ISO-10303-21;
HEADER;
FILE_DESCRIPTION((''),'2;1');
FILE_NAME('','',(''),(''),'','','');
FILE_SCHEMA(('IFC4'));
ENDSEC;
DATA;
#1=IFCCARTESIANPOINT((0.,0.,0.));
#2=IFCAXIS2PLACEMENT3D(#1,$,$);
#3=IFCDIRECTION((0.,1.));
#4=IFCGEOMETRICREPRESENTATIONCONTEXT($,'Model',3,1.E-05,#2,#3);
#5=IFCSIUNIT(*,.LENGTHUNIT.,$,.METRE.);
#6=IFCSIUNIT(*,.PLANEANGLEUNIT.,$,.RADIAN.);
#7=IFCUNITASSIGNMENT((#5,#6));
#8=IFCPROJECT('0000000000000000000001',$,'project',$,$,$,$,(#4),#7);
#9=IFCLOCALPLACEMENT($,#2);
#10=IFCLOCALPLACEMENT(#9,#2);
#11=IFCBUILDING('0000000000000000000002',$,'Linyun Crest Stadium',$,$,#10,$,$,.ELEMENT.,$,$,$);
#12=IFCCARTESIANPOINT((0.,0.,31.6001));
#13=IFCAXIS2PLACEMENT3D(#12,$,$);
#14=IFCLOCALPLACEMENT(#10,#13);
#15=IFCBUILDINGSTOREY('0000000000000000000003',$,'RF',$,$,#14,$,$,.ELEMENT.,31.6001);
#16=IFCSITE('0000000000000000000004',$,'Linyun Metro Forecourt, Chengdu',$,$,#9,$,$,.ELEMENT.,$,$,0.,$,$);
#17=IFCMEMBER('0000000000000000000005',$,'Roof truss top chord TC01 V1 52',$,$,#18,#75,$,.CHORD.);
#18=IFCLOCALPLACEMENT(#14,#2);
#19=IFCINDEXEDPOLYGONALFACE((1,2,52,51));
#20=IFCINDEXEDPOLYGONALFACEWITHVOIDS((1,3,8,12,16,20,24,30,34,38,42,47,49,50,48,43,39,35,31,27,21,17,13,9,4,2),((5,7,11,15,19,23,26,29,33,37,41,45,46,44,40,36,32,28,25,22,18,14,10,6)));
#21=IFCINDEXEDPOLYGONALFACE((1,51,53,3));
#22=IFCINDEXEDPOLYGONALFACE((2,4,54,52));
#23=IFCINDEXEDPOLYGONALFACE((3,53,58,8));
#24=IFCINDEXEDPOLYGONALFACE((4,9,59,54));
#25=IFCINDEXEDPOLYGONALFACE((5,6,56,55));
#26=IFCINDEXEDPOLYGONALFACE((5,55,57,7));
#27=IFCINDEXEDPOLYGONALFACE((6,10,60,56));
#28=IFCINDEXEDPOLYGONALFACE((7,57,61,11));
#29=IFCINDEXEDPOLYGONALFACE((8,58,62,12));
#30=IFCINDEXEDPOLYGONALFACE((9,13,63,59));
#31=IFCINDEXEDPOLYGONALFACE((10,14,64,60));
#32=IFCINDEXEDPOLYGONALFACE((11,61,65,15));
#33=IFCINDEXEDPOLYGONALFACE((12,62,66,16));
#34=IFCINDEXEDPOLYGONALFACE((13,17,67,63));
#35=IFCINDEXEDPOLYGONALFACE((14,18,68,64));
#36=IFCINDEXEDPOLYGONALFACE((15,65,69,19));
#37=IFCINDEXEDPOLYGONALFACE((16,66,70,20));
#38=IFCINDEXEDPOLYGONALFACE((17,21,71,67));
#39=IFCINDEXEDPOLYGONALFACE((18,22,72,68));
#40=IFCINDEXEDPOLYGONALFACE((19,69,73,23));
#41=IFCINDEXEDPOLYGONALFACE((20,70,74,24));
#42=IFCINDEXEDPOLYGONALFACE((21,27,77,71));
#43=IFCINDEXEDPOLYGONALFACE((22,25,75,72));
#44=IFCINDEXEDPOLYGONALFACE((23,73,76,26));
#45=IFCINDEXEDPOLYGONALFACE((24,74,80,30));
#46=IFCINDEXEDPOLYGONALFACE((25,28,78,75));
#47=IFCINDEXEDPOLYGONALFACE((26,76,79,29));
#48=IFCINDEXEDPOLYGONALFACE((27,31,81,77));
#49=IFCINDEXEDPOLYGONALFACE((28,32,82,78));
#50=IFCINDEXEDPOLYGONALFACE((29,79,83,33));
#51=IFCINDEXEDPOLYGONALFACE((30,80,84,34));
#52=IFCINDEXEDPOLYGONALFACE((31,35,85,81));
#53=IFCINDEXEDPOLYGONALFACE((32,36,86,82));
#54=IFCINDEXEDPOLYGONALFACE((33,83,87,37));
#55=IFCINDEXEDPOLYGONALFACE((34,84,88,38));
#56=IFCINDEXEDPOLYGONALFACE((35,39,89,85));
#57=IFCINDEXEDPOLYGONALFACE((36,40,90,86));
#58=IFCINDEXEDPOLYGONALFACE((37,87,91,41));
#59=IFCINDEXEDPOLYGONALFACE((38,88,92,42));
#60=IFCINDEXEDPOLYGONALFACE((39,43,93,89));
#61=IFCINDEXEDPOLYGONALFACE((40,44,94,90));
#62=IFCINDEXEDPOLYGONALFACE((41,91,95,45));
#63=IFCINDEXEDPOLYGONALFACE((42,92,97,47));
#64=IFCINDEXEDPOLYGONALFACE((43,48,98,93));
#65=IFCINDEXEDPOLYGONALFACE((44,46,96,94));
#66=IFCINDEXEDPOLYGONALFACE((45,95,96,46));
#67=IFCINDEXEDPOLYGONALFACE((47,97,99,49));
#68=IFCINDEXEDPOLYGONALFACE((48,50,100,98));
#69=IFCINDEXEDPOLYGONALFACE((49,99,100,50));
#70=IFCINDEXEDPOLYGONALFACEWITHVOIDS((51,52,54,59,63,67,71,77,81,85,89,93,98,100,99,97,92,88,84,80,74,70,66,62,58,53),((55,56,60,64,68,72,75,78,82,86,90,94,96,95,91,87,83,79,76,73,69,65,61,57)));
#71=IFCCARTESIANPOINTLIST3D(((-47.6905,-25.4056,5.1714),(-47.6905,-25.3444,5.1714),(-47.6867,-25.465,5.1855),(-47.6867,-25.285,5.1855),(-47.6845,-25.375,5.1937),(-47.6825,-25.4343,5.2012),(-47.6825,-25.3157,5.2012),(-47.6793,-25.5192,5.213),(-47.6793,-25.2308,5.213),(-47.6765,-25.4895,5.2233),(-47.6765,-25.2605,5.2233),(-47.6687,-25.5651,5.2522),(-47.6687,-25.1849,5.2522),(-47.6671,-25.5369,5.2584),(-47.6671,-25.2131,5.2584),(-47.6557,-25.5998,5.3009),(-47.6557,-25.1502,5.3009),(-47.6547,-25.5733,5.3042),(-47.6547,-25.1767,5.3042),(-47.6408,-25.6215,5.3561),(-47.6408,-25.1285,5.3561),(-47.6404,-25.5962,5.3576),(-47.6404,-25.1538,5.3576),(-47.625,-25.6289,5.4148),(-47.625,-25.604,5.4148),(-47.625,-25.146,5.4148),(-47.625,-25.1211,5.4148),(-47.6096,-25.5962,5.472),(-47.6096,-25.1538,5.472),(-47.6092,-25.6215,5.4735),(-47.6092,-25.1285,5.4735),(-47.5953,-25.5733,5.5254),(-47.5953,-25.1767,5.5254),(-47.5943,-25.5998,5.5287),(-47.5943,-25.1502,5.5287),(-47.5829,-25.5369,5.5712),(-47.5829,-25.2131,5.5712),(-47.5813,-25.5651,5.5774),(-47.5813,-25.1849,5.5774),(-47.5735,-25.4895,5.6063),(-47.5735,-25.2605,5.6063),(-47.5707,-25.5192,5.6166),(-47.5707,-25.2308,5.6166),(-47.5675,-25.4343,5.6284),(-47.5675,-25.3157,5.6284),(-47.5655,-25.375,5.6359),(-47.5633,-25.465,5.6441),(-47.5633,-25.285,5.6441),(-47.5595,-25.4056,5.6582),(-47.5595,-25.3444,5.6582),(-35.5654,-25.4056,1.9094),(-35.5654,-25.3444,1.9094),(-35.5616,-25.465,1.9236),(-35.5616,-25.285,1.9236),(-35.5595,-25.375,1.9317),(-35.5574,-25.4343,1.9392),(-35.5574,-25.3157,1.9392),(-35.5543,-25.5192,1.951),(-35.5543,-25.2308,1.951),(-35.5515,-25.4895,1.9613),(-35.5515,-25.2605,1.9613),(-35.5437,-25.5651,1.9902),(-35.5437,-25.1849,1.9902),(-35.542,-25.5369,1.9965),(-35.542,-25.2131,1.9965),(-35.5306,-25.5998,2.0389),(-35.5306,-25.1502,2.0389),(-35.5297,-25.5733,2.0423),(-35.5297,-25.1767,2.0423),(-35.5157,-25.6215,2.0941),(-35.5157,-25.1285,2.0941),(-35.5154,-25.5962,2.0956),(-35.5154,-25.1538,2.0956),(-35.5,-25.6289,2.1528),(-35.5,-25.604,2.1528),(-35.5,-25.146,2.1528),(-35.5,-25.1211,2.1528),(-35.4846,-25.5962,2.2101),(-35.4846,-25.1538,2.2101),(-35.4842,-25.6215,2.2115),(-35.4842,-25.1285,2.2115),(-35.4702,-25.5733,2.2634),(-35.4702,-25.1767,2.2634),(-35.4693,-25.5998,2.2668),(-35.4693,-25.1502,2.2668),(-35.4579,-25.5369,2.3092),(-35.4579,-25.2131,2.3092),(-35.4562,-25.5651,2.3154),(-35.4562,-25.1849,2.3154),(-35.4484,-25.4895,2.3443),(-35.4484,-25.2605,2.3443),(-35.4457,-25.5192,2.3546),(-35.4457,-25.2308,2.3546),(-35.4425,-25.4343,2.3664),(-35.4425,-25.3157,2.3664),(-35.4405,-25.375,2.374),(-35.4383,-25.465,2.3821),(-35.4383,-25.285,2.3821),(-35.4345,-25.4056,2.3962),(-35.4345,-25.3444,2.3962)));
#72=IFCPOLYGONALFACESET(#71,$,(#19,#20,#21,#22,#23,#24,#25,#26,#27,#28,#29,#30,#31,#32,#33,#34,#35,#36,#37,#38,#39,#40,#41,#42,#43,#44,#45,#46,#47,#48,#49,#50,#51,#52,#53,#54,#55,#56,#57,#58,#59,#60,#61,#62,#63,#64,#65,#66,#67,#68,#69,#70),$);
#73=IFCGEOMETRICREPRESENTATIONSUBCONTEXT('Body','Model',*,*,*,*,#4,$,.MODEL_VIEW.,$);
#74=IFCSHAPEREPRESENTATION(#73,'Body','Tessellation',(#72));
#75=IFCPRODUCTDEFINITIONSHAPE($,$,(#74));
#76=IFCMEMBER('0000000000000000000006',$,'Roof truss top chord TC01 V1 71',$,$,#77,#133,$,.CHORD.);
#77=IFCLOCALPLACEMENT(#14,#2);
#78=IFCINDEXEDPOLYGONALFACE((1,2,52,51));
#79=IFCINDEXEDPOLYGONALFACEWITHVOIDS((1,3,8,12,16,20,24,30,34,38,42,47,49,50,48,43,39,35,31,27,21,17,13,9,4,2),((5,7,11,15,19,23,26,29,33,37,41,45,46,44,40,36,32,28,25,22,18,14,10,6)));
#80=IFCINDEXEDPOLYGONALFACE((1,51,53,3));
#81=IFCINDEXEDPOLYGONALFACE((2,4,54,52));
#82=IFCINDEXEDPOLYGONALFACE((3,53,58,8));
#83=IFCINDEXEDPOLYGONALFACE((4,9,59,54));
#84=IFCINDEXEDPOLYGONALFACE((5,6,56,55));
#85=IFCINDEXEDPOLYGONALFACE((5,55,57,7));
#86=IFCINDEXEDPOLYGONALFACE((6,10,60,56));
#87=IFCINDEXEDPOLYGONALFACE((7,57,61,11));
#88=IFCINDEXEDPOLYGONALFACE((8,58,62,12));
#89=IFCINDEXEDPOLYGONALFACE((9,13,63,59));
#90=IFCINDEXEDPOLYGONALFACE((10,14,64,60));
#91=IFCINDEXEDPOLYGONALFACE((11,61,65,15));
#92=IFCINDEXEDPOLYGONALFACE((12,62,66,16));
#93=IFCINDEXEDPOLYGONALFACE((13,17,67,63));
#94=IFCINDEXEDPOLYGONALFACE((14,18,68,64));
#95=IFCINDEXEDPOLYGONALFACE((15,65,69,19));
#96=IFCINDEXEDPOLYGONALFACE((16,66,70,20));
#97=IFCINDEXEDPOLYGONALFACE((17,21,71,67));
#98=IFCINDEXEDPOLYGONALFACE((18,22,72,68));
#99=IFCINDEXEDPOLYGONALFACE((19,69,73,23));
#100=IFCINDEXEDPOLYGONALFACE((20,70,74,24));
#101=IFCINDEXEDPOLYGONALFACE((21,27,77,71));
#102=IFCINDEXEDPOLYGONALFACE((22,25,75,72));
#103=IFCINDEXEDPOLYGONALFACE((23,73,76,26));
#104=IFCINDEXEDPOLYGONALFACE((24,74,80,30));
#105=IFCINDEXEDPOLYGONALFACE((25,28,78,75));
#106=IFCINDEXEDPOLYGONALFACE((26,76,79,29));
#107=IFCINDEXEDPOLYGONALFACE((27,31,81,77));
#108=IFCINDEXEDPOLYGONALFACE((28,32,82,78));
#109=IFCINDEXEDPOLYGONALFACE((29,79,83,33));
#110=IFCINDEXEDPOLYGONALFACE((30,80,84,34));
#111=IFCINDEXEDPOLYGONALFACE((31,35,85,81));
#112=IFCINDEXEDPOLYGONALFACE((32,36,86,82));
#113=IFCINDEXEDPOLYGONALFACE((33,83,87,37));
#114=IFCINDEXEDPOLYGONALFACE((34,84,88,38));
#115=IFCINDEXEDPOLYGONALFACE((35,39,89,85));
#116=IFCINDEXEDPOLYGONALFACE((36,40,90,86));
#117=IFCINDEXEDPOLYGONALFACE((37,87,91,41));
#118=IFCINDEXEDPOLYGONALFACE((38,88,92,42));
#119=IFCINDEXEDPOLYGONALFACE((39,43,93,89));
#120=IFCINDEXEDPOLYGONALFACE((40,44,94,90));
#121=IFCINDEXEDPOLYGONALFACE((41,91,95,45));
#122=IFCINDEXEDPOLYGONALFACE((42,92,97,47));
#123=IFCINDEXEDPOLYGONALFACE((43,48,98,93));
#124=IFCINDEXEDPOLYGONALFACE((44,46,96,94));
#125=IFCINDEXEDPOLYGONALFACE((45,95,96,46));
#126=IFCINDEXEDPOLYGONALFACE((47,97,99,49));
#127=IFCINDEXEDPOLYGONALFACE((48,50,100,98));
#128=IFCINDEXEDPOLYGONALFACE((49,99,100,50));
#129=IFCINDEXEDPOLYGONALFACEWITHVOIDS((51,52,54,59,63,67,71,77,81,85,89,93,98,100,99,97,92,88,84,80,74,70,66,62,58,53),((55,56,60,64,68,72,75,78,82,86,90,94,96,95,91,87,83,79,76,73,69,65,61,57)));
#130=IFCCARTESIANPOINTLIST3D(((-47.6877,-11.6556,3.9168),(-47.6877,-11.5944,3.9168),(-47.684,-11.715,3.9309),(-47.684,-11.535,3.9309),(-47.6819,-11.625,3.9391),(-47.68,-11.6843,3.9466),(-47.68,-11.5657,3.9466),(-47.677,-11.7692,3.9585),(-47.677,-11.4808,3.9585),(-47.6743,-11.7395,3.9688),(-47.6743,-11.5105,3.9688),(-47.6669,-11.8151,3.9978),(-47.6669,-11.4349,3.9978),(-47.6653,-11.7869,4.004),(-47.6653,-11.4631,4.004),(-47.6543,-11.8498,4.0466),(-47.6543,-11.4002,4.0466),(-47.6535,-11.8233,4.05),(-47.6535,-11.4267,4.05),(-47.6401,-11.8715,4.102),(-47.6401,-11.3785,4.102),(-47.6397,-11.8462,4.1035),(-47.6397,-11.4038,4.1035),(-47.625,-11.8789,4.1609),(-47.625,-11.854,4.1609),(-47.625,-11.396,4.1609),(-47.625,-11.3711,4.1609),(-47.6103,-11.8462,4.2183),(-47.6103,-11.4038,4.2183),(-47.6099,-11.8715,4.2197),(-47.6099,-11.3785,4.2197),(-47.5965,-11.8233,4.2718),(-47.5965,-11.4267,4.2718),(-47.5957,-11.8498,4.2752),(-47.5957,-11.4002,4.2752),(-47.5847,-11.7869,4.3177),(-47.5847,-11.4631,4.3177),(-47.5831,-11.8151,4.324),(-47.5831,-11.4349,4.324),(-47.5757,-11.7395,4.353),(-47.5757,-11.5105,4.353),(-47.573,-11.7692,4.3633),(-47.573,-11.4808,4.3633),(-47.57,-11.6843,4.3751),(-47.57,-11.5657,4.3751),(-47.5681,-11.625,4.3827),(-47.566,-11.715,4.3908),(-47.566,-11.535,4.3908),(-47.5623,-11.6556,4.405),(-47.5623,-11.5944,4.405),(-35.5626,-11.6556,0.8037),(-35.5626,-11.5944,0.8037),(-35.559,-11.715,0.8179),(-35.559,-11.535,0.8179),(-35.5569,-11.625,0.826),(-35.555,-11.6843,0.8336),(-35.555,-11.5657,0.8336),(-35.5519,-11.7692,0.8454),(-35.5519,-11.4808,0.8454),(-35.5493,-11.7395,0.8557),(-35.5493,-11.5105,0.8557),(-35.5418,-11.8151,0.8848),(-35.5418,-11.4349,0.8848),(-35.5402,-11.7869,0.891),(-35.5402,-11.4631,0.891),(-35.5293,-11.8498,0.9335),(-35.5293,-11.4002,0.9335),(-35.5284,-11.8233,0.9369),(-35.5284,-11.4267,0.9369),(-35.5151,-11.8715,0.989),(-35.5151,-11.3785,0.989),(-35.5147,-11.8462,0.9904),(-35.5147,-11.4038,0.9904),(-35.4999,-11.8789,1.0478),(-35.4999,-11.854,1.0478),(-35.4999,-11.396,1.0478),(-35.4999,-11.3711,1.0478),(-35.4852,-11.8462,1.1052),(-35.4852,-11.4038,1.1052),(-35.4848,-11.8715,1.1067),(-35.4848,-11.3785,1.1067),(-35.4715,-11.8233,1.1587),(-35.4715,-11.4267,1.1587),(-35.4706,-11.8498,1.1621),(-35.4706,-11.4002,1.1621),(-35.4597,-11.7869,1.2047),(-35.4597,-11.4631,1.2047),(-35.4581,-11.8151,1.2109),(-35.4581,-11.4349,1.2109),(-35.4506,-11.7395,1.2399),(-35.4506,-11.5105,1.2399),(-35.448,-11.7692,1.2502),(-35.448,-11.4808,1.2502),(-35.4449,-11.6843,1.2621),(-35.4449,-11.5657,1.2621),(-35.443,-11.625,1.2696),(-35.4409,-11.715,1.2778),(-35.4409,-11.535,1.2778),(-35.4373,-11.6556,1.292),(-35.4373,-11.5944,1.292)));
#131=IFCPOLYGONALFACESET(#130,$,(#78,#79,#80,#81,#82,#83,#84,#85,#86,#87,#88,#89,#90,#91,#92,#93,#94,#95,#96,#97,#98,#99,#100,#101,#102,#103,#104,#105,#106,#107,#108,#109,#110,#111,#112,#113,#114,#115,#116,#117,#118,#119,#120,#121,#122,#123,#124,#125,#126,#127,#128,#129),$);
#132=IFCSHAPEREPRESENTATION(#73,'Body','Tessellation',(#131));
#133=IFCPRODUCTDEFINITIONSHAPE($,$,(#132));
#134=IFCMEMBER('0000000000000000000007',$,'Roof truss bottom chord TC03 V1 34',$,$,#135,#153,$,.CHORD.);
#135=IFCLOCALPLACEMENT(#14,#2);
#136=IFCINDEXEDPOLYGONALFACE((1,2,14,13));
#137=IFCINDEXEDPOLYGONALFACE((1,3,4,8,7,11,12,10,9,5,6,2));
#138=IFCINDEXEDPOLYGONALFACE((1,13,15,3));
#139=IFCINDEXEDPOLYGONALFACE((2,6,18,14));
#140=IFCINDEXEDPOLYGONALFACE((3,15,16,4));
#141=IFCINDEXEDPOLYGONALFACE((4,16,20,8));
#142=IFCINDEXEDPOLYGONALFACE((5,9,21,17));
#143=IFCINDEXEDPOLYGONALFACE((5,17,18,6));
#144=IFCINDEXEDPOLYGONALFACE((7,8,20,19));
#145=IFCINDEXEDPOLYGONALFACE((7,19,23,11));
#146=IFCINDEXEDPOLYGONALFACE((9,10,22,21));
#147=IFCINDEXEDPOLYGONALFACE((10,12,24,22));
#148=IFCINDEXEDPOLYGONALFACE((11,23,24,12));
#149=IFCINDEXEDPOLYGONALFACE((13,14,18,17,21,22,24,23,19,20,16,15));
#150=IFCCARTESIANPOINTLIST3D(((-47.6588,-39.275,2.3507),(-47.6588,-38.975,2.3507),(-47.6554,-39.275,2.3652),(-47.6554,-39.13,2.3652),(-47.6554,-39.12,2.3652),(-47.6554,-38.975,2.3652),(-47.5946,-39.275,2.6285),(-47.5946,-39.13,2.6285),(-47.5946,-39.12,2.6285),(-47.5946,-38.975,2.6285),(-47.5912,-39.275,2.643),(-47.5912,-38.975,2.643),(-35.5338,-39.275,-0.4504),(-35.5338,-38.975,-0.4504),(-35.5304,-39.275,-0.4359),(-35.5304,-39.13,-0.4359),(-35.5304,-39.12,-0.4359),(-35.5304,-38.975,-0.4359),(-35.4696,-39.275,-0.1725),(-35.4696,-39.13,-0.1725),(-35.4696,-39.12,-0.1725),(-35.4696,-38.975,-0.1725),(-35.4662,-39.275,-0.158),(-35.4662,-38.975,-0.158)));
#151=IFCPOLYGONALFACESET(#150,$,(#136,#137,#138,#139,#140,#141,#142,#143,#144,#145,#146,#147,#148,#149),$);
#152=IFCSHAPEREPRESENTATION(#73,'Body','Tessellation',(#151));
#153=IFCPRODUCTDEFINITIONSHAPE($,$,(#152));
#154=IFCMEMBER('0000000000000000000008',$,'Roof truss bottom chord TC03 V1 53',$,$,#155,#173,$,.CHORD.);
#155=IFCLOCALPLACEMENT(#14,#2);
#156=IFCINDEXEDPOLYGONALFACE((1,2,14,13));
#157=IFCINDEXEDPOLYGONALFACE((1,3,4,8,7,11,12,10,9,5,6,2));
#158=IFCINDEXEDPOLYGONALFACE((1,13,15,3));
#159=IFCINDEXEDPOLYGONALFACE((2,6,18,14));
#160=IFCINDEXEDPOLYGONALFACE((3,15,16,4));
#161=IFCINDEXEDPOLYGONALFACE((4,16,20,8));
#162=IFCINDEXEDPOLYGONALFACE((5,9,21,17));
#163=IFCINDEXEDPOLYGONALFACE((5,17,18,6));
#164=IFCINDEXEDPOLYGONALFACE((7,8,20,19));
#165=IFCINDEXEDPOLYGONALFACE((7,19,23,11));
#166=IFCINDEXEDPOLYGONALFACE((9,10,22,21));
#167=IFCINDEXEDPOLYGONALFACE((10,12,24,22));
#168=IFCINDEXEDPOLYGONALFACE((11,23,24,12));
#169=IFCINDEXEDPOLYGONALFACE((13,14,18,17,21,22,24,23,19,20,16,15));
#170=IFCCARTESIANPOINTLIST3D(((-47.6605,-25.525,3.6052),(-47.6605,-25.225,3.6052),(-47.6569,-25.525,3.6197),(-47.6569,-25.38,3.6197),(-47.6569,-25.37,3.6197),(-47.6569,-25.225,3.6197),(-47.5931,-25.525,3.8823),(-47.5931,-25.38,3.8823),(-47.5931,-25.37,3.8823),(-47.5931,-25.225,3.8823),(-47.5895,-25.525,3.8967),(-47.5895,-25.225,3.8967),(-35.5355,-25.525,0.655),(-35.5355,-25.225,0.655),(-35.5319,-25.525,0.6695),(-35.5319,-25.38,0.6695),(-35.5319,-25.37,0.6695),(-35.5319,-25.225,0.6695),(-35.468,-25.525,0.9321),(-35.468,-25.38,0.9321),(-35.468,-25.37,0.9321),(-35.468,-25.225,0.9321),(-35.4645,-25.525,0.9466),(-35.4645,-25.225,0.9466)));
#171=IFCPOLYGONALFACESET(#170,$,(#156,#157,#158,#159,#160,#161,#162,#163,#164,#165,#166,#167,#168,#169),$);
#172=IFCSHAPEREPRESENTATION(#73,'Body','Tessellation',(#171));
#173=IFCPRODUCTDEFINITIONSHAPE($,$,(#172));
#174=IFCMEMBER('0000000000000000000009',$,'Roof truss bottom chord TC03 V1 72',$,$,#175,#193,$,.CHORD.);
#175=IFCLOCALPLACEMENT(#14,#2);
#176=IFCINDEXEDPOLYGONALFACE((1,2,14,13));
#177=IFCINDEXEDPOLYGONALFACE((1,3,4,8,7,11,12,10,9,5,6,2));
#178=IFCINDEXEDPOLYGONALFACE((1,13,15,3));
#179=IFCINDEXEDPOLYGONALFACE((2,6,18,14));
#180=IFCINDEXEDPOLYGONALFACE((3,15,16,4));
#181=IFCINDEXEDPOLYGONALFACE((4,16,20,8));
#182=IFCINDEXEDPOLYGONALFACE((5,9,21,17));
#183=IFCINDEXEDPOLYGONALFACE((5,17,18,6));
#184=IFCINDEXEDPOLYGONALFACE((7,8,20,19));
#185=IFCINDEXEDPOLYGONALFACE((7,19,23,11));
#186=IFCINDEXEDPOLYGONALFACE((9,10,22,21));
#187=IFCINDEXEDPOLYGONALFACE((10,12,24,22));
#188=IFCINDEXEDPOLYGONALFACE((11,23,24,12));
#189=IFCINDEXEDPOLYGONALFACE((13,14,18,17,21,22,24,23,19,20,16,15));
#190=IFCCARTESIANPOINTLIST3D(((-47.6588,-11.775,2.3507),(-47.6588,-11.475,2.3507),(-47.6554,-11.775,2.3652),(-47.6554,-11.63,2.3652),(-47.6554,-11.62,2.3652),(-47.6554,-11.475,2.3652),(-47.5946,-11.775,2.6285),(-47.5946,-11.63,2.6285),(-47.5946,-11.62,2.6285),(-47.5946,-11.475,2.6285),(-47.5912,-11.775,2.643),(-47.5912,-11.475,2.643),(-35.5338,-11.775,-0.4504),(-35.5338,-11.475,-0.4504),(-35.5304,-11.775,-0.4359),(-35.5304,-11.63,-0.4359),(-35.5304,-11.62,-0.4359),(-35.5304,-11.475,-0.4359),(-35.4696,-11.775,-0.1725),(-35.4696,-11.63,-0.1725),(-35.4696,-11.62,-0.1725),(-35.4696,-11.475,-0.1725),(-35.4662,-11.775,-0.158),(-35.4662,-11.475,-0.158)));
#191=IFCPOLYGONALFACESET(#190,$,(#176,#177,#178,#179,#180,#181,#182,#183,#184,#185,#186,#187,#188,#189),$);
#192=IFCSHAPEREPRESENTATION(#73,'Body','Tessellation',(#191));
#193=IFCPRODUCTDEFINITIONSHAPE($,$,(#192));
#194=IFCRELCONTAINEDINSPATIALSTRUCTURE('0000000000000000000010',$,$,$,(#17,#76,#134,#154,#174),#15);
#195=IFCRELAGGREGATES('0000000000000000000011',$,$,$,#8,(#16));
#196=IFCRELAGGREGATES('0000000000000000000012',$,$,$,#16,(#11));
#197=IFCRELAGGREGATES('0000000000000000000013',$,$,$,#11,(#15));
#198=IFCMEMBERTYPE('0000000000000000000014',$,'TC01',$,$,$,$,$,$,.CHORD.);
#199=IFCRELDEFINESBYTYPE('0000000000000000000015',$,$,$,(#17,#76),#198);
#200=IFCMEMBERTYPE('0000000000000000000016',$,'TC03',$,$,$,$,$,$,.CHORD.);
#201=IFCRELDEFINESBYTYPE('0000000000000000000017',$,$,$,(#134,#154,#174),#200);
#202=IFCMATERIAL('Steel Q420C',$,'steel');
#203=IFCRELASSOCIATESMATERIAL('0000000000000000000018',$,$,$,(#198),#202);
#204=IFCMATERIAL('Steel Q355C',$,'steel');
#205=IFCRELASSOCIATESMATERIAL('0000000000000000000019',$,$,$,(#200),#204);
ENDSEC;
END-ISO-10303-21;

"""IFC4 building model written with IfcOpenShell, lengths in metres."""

from ifc_helpers import new_model, si_unit, direction, frame, origin, origin_2d, place, context, subcontext, project, spatial, hollow_circle, i_section, extrude, material, material_profile, profile_set, type_object, element, save


model = new_model("IFC4")

# Units and contexts
model_context = context("Model", 3, precision=1e-05, world=origin(), true_north=direction((0.0, 1.0)))
body_context = subcontext(model_context, "Body", "Model", "MODEL_VIEW")
ifc_project = project(units=[si_unit("LENGTHUNIT", "METRE"), si_unit("PLANEANGLEUNIT", "RADIAN")], contexts=[model_context])

# Site, building, storey
site_placement = place(None, origin())
site = spatial("IfcSite", under=ifc_project, at=site_placement, Name="Linyun Metro Forecourt, Chengdu", CompositionType="ELEMENT", RefElevation=0.0)
building_placement = place(site_placement, origin())
building = spatial("IfcBuilding", under=site, at=building_placement, Name="Linyun Crest Stadium", CompositionType="ELEMENT")
storey_placement = place(building_placement, frame((0.0, 0.0, 31.6001)))
storey = spatial("IfcBuildingStorey", under=building, at=storey_placement, Name="RF", CompositionType="ELEMENT", Elevation=31.6001)

# Members
ifc_material_1 = material(Name="Steel Q420C", Category="steel")
ifc_material_profile_1 = material_profile(ifc_material_1, hollow_circle(Radius=0.2539, WallThickness=0.0249, at=origin_2d()), Name="CHS 508x25")
ifc_profile_set_1 = profile_set([ifc_material_profile_1], Name="Steel Q420C")
member_type_1 = type_object("IfcMemberType", Name="TC01", PredefinedType="CHORD", material=ifc_profile_set_1)
member_1_placement = place(storey_placement, frame((-47.625, -25.375, 5.4148), z_axis=(0.965665, 0.0, -0.259791), x_axis=(0.0, 1.0, 0.0)))
element("IfcMember", 1, at=member_1_placement, inside=storey, type_object=member_type_1, Name="Roof truss top chord TC01 V1 52", PredefinedType="CHORD", context=body_context, shape_type="SweptSolid", body=[
    extrude(hollow_circle(Radius=0.2539, WallThickness=0.0249, at=origin_2d()), origin(), (0.0, 0.0, 1.0), 12.5562),
])
member_2_placement = place(storey_placement, frame((-47.625, -11.625, 4.1609), z_axis=(0.968586, 0.0, -0.24868), x_axis=(0.0, 1.0, 0.0)))
element("IfcMember", 2, at=member_2_placement, inside=storey, type_object=member_type_1, Name="Roof truss top chord TC01 V1 71", PredefinedType="CHORD", context=body_context, shape_type="SweptSolid", body=[
    extrude(hollow_circle(Radius=0.2539, WallThickness=0.0249, at=origin_2d()), origin(), (0.0, 0.0, 1.0), 12.5183),
])
ifc_material_2 = material(Name="Steel Q355C", Category="steel")
ifc_material_profile_2 = material_profile(ifc_material_2, i_section(OverallWidth=0.3, OverallDepth=0.3, WebThickness=0.01, FlangeThickness=0.0149, at=origin_2d()), Name="HW 300x300")
ifc_profile_set_2 = profile_set([ifc_material_profile_2], Name="Steel Q355C")
member_type_2 = type_object("IfcMemberType", Name="TC03", PredefinedType="CHORD", material=ifc_profile_set_2)
member_3_placement = place(storey_placement, frame((-47.625, -39.125, 2.4968), z_axis=(0.974339, 0.0, -0.225084), x_axis=(0.0, 1.0, 0.0)))
element("IfcMember", 3, at=member_3_placement, inside=storey, type_object=member_type_2, Name="Roof truss bottom chord TC03 V1 34", PredefinedType="CHORD", context=body_context, shape_type="SweptSolid", body=[
    extrude(i_section(OverallWidth=0.3, OverallDepth=0.3, WebThickness=0.01, FlangeThickness=0.0149, at=origin_2d()), origin(), (0.0, 0.0, 1.0), 12.4443),
])
member_4_placement = place(storey_placement, frame((-47.625, -25.375, 3.751), z_axis=(0.971652, 0.0, -0.236417), x_axis=(0.0, 1.0, 0.0)))
element("IfcMember", 4, at=member_4_placement, inside=storey, type_object=member_type_2, Name="Roof truss bottom chord TC03 V1 53", PredefinedType="CHORD", context=body_context, shape_type="SweptSolid", body=[
    extrude(i_section(OverallWidth=0.3, OverallDepth=0.3, WebThickness=0.01, FlangeThickness=0.0149, at=origin_2d()), origin(), (0.0, 0.0, 1.0), 12.4788),
])
member_5_placement = place(storey_placement, frame((-47.625, -11.625, 2.4968), z_axis=(0.974339, 0.0, -0.225084), x_axis=(0.0, 1.0, 0.0)))
element("IfcMember", 5, at=member_5_placement, inside=storey, type_object=member_type_2, Name="Roof truss bottom chord TC03 V1 72", PredefinedType="CHORD", context=body_context, shape_type="SweptSolid", body=[
    extrude(i_section(OverallWidth=0.3, OverallDepth=0.3, WebThickness=0.01, FlangeThickness=0.0149, at=origin_2d()), origin(), (0.0, 0.0, 1.0), 12.4443),
])

save(model, "model.ifc")
